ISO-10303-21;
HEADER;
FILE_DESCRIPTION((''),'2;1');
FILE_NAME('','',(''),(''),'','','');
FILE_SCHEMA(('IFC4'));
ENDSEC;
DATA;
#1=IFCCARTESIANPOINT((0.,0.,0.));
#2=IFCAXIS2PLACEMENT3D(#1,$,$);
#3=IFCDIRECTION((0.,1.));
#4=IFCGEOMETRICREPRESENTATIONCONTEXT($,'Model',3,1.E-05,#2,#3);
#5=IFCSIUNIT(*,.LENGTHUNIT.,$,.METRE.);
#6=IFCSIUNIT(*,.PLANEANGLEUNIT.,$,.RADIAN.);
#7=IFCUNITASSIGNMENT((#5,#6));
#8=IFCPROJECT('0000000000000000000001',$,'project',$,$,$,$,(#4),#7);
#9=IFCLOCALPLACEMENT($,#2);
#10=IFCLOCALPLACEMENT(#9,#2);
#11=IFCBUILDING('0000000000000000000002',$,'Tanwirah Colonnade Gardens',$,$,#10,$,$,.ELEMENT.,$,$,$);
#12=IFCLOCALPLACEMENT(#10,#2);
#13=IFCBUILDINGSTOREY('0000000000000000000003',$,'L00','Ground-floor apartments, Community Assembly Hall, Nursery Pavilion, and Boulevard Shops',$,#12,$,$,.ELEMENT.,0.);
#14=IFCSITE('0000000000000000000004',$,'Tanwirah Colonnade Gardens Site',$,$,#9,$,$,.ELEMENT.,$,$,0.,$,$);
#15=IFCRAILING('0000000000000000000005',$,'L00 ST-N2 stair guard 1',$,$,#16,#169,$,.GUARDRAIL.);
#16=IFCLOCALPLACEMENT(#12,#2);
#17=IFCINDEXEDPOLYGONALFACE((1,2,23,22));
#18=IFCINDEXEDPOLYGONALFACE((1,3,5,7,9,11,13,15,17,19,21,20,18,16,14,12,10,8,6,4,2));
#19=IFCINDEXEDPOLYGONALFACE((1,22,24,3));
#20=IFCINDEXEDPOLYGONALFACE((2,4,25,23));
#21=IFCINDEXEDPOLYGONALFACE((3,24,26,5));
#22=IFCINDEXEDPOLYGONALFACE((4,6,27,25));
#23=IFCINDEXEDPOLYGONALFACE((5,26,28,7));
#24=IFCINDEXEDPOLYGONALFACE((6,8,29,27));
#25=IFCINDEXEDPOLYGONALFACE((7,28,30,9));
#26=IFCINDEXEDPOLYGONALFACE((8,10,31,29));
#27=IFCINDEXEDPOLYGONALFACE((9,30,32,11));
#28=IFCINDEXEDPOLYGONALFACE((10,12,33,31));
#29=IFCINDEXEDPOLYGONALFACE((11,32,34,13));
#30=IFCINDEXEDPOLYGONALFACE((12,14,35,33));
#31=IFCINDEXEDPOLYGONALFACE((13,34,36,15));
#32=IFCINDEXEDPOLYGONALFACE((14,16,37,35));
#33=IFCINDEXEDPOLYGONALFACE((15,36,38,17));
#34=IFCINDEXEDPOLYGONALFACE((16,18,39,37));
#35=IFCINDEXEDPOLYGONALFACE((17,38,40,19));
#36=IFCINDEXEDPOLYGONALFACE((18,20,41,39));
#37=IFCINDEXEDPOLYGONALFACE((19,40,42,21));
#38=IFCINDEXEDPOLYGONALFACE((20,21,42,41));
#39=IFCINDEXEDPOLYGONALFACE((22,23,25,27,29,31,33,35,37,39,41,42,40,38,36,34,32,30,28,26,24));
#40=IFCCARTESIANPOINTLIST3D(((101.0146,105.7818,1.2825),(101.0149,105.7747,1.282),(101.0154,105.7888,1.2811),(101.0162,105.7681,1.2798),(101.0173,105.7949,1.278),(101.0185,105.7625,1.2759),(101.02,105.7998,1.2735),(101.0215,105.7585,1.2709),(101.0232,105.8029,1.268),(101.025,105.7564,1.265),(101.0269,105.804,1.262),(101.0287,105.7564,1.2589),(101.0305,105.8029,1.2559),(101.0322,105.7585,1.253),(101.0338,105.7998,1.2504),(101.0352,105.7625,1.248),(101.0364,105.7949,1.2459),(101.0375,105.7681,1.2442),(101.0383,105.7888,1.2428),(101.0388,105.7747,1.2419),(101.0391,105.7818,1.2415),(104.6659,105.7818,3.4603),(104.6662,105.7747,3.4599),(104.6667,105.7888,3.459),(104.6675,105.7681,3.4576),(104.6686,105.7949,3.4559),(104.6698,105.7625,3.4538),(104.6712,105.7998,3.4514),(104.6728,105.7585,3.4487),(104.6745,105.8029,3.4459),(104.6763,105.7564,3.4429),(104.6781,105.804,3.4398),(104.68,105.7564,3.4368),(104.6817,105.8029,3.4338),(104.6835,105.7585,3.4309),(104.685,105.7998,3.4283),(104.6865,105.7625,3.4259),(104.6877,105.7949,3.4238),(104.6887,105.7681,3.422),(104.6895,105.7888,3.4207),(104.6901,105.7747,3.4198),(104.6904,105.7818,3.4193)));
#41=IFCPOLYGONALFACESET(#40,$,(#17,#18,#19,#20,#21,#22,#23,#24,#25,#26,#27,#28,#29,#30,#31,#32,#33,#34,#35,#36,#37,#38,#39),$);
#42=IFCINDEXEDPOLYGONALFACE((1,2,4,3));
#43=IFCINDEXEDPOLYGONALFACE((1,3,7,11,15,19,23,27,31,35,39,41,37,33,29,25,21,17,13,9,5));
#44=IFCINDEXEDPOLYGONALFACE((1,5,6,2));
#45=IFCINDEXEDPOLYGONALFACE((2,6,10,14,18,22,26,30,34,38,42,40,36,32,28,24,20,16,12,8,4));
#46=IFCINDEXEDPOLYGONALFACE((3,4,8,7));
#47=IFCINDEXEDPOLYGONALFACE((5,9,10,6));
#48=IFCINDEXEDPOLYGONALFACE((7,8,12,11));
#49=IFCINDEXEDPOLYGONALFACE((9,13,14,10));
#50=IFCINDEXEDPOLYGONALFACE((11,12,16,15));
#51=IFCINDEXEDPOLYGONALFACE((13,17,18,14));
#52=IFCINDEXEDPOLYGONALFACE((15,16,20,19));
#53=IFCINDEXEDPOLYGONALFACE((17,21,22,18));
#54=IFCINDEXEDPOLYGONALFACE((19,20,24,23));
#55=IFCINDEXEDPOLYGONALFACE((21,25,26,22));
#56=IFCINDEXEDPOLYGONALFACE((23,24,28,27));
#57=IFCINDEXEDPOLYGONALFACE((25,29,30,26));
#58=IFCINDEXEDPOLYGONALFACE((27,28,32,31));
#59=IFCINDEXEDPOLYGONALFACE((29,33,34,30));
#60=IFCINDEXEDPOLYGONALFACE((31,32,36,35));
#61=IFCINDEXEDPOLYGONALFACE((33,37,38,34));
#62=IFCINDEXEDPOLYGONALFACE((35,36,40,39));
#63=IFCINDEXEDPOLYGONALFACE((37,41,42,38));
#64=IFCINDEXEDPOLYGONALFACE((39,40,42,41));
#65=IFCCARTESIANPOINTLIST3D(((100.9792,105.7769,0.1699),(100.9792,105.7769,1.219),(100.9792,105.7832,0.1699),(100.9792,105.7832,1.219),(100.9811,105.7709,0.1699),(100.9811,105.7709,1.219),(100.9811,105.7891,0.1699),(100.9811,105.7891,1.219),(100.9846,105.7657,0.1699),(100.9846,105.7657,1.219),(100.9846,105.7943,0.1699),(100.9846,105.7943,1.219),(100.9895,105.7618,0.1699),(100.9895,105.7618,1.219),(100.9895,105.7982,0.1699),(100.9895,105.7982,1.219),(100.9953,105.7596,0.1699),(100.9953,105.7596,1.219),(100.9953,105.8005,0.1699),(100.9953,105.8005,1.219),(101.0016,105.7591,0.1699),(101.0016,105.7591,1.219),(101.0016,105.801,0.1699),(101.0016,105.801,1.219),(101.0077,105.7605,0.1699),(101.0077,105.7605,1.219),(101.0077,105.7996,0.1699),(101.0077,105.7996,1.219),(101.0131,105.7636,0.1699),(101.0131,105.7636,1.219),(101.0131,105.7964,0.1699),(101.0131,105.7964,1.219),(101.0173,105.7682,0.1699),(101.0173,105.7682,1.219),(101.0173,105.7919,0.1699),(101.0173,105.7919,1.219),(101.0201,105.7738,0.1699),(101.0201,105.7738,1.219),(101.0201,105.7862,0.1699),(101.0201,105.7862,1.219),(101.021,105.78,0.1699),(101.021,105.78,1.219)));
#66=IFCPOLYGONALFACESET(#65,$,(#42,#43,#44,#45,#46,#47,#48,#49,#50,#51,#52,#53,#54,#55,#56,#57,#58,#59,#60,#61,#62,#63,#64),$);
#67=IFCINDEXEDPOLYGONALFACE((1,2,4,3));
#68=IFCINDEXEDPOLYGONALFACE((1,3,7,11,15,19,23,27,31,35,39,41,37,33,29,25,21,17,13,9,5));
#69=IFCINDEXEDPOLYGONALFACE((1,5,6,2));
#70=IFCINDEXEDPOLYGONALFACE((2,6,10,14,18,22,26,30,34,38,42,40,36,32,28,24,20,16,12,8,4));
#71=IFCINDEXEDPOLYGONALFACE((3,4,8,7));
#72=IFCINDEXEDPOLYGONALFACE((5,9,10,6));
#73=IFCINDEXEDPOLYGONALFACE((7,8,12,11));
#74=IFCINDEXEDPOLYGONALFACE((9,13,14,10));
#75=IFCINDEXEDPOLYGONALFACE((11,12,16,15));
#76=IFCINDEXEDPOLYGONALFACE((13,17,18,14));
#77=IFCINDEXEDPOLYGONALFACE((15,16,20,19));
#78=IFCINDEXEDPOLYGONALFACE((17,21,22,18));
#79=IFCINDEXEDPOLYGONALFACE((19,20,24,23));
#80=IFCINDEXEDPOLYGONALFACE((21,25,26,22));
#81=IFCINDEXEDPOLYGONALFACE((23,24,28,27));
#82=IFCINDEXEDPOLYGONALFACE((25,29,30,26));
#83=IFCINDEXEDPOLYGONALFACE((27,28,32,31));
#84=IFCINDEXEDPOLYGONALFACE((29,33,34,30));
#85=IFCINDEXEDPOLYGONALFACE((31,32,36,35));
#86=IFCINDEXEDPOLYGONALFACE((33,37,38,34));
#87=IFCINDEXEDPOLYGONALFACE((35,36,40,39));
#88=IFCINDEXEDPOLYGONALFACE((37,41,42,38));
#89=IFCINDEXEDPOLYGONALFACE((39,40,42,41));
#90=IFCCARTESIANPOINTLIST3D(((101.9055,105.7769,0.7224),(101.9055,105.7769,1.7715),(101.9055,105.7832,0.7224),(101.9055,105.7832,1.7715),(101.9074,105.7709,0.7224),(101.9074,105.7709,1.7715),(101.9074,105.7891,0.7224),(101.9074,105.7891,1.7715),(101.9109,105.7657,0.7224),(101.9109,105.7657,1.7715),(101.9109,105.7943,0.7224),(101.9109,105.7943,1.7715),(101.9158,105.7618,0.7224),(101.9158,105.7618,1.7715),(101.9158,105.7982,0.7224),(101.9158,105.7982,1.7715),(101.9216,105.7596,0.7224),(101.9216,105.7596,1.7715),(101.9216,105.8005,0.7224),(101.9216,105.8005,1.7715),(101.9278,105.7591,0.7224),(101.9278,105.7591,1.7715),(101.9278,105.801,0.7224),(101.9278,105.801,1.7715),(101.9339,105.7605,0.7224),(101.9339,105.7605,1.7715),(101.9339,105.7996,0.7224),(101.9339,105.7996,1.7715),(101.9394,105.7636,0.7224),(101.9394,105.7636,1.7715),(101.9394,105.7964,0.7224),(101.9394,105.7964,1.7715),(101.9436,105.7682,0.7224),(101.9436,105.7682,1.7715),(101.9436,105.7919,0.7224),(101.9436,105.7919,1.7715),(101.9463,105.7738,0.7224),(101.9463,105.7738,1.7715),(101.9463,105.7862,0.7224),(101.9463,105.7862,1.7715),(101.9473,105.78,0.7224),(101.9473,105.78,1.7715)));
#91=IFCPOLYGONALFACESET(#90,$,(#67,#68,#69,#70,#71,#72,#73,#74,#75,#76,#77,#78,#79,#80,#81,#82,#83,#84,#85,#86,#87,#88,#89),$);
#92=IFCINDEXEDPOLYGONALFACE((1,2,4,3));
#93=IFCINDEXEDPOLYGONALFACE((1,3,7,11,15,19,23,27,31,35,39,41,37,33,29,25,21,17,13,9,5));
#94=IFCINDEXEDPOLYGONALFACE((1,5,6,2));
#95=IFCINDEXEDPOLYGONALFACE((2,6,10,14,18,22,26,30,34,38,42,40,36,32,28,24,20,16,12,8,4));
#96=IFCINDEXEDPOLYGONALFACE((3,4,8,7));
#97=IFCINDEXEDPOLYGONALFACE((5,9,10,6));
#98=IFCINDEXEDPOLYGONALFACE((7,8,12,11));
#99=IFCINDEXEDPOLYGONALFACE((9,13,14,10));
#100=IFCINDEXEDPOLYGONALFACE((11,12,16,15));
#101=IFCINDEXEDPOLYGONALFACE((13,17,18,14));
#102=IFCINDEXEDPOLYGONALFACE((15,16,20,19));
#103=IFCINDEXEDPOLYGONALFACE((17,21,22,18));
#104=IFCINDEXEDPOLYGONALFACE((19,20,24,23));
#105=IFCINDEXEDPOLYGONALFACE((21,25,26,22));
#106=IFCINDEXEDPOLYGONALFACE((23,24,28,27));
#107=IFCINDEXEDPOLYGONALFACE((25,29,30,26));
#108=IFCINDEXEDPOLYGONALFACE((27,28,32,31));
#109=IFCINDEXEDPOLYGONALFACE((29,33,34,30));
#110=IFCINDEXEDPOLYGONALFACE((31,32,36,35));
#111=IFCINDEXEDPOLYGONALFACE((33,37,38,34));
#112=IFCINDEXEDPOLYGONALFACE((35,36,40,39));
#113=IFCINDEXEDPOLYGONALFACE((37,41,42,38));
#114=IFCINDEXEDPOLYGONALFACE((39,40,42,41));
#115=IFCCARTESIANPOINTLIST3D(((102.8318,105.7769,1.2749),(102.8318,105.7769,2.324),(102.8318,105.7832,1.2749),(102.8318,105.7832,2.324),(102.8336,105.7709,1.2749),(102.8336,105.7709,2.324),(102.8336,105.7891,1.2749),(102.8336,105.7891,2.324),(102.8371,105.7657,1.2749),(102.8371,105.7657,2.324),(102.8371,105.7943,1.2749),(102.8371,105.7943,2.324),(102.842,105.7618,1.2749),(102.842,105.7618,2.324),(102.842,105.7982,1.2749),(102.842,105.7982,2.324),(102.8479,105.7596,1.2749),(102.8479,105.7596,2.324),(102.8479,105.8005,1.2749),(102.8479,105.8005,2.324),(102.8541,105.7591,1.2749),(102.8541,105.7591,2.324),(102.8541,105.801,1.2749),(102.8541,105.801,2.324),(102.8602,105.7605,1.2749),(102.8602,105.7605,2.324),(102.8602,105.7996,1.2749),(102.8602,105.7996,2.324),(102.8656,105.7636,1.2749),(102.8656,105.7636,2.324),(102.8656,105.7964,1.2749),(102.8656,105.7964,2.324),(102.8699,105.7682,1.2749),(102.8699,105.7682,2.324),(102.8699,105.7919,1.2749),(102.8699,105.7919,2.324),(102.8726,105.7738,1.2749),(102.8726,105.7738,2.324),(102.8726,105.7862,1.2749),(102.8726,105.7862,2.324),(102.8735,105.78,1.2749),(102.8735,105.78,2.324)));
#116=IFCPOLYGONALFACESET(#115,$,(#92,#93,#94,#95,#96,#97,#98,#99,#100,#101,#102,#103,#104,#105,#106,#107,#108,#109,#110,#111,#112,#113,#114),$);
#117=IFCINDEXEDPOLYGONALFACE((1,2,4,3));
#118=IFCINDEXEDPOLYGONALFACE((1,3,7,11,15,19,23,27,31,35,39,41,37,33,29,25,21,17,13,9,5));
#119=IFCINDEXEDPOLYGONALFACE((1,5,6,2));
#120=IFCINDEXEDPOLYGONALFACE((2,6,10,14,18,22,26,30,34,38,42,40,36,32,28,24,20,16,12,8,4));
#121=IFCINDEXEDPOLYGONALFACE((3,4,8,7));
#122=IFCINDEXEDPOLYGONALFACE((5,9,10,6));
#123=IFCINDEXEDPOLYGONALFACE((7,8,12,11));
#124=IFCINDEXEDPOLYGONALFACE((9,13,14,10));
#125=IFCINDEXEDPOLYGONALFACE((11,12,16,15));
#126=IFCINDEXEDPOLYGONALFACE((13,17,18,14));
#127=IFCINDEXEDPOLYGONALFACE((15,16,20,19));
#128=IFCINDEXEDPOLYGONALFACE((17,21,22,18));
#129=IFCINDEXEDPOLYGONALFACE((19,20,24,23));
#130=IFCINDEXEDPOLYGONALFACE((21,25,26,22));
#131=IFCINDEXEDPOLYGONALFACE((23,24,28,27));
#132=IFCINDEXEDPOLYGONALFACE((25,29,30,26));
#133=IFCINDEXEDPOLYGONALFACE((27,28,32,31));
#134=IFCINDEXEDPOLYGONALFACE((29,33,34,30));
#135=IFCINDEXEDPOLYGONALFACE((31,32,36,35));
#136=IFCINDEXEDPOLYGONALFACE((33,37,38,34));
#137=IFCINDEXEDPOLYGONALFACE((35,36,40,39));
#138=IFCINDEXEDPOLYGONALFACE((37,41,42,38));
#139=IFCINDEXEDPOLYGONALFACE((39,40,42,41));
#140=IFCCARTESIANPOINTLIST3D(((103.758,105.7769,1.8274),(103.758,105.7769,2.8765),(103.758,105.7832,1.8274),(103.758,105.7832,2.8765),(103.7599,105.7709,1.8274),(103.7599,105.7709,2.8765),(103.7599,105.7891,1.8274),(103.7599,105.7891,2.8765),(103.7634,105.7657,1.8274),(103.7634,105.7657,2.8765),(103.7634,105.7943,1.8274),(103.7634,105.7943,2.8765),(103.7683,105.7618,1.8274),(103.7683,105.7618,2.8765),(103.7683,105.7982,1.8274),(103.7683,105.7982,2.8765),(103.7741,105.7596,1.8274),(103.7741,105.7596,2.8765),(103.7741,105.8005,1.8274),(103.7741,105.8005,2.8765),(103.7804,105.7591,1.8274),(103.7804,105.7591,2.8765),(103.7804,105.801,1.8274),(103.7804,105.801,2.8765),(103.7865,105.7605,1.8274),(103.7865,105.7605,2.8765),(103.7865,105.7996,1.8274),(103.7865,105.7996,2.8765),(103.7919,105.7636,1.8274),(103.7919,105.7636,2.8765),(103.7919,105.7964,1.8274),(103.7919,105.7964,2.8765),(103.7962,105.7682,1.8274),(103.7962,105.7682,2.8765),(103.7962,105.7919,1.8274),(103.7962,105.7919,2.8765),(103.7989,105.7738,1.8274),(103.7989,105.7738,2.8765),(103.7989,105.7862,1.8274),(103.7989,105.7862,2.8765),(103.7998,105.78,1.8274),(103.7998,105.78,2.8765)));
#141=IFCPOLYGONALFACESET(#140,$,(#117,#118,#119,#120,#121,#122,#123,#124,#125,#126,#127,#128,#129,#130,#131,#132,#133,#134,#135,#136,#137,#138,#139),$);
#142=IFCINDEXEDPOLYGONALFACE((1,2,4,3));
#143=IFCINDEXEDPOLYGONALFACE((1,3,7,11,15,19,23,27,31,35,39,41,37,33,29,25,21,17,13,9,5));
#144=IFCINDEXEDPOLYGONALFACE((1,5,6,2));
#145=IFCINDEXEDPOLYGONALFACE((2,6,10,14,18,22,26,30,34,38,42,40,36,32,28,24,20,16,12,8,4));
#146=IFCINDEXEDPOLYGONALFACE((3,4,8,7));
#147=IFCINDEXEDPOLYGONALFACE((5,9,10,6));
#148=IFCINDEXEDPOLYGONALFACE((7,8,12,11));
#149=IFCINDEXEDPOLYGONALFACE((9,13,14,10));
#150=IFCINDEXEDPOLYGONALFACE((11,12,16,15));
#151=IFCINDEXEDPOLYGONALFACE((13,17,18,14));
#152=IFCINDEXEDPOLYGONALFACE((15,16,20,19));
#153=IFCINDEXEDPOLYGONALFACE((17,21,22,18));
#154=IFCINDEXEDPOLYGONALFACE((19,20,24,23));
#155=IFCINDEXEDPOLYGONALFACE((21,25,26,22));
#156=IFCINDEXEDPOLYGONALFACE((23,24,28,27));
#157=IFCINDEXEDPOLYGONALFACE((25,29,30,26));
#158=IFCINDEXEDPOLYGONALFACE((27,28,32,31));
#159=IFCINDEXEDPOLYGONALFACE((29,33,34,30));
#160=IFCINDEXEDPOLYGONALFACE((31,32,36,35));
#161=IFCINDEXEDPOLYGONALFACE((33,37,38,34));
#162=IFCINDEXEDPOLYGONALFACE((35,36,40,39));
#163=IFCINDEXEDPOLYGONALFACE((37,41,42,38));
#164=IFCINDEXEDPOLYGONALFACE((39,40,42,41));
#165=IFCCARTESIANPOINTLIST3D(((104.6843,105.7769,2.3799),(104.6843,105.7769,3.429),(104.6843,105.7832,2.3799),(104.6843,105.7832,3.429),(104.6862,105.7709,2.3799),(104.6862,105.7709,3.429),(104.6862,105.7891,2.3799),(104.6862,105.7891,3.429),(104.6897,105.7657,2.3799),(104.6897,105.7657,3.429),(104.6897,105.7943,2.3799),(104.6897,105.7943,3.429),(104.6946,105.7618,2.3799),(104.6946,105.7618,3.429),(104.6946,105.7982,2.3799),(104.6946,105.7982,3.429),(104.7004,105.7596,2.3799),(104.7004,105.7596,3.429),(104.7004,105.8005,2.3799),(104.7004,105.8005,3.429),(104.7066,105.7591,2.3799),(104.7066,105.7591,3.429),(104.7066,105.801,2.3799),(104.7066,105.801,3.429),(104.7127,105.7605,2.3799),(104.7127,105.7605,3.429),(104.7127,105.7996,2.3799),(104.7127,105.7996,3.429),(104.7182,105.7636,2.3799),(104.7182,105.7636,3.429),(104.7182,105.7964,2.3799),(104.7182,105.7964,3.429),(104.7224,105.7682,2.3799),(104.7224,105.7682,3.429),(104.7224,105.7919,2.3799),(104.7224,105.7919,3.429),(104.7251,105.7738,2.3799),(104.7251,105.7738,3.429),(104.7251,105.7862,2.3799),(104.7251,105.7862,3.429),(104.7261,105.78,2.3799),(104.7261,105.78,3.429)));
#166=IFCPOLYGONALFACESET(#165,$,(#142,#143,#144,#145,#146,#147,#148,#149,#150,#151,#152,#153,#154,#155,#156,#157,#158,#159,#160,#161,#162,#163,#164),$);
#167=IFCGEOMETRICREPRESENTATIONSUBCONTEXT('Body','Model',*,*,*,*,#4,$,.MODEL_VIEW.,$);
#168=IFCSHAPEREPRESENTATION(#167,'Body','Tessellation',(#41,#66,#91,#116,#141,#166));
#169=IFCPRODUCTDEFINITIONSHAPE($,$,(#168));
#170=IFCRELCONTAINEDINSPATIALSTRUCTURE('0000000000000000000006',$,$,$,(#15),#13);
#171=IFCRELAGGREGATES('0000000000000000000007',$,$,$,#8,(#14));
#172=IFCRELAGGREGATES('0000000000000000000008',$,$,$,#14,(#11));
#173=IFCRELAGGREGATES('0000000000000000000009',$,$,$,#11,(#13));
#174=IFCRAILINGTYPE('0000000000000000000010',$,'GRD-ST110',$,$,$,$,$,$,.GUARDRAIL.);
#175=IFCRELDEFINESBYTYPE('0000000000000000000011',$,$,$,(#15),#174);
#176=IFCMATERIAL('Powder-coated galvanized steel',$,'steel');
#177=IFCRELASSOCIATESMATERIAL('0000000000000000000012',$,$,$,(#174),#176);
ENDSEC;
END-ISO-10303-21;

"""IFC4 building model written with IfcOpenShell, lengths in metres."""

from ifc_helpers import new_model, si_unit, direction, frame, origin, origin_2d, place, context, subcontext, project, spatial, circle, extrude, material, type_object, element, save


model = new_model("IFC4")

# Units and contexts
model_context = context("Model", 3, precision=1e-05, world=origin(), true_north=direction((0.0, 1.0)))
body_context = subcontext(model_context, "Body", "Model", "MODEL_VIEW")
ifc_project = project(units=[si_unit("LENGTHUNIT", "METRE"), si_unit("PLANEANGLEUNIT", "RADIAN")], contexts=[model_context])

# Site, building, storey
site_placement = place(None, origin())
site = spatial("IfcSite", under=ifc_project, at=site_placement, Name="Tanwirah Colonnade Gardens Site", CompositionType="ELEMENT", RefElevation=0.0)
building_placement = place(site_placement, origin())
building = spatial("IfcBuilding", under=site, at=building_placement, Name="Tanwirah Colonnade Gardens", CompositionType="ELEMENT")
storey_placement = place(building_placement, origin())
storey = spatial("IfcBuildingStorey", under=building, at=storey_placement, Name="L00", Description="Ground-floor apartments, Community Assembly Hall, Nursery Pavilion, and Boulevard Shops", CompositionType="ELEMENT", Elevation=0.0)

# Railing
ifc_material_1 = material(Name="Powder-coated galvanized steel", Category="steel")
railing_type_1 = type_object("IfcRailingType", Name="GRD-ST110", PredefinedType="GUARDRAIL", material=ifc_material_1)
railing_1_placement = place(storey_placement, frame((101.0, 105.78, 0.1699)))
element("IfcRailing", 1, at=railing_1_placement, inside=storey, type_object=railing_type_1, Name="L00 ST-N2 stair guard 1", PredefinedType="GUARDRAIL", context=body_context, shape_type="SweptSolid", body=[
    extrude(circle(Radius=0.0239, at=origin_2d()), frame((0.0269, 0.0, 1.092), z_axis=(0.858828, 0.0, 0.512264), x_axis=(0.0, 1.0, 0.0)), (0.0, 0.0, 1.0), 4.2515),
    extrude(circle(Radius=0.021, at=origin_2d()), origin(), (0.0, 0.0, 1.0), 1.0491),
    extrude(circle(Radius=0.021, at=origin_2d()), frame((0.9263, 0.0, 0.5525)), (0.0, 0.0, 1.0), 1.0491),
    extrude(circle(Radius=0.021, at=origin_2d()), frame((1.8525, 0.0, 1.105)), (0.0, 0.0, 1.0), 1.0491),
    extrude(circle(Radius=0.021, at=origin_2d()), frame((2.7788, 0.0, 1.6575)), (0.0, 0.0, 1.0), 1.0491),
    extrude(circle(Radius=0.021, at=origin_2d()), frame((3.7051, 0.0, 2.21)), (0.0, 0.0, 1.0), 1.0491),
])

save(model, "model.ifc")
